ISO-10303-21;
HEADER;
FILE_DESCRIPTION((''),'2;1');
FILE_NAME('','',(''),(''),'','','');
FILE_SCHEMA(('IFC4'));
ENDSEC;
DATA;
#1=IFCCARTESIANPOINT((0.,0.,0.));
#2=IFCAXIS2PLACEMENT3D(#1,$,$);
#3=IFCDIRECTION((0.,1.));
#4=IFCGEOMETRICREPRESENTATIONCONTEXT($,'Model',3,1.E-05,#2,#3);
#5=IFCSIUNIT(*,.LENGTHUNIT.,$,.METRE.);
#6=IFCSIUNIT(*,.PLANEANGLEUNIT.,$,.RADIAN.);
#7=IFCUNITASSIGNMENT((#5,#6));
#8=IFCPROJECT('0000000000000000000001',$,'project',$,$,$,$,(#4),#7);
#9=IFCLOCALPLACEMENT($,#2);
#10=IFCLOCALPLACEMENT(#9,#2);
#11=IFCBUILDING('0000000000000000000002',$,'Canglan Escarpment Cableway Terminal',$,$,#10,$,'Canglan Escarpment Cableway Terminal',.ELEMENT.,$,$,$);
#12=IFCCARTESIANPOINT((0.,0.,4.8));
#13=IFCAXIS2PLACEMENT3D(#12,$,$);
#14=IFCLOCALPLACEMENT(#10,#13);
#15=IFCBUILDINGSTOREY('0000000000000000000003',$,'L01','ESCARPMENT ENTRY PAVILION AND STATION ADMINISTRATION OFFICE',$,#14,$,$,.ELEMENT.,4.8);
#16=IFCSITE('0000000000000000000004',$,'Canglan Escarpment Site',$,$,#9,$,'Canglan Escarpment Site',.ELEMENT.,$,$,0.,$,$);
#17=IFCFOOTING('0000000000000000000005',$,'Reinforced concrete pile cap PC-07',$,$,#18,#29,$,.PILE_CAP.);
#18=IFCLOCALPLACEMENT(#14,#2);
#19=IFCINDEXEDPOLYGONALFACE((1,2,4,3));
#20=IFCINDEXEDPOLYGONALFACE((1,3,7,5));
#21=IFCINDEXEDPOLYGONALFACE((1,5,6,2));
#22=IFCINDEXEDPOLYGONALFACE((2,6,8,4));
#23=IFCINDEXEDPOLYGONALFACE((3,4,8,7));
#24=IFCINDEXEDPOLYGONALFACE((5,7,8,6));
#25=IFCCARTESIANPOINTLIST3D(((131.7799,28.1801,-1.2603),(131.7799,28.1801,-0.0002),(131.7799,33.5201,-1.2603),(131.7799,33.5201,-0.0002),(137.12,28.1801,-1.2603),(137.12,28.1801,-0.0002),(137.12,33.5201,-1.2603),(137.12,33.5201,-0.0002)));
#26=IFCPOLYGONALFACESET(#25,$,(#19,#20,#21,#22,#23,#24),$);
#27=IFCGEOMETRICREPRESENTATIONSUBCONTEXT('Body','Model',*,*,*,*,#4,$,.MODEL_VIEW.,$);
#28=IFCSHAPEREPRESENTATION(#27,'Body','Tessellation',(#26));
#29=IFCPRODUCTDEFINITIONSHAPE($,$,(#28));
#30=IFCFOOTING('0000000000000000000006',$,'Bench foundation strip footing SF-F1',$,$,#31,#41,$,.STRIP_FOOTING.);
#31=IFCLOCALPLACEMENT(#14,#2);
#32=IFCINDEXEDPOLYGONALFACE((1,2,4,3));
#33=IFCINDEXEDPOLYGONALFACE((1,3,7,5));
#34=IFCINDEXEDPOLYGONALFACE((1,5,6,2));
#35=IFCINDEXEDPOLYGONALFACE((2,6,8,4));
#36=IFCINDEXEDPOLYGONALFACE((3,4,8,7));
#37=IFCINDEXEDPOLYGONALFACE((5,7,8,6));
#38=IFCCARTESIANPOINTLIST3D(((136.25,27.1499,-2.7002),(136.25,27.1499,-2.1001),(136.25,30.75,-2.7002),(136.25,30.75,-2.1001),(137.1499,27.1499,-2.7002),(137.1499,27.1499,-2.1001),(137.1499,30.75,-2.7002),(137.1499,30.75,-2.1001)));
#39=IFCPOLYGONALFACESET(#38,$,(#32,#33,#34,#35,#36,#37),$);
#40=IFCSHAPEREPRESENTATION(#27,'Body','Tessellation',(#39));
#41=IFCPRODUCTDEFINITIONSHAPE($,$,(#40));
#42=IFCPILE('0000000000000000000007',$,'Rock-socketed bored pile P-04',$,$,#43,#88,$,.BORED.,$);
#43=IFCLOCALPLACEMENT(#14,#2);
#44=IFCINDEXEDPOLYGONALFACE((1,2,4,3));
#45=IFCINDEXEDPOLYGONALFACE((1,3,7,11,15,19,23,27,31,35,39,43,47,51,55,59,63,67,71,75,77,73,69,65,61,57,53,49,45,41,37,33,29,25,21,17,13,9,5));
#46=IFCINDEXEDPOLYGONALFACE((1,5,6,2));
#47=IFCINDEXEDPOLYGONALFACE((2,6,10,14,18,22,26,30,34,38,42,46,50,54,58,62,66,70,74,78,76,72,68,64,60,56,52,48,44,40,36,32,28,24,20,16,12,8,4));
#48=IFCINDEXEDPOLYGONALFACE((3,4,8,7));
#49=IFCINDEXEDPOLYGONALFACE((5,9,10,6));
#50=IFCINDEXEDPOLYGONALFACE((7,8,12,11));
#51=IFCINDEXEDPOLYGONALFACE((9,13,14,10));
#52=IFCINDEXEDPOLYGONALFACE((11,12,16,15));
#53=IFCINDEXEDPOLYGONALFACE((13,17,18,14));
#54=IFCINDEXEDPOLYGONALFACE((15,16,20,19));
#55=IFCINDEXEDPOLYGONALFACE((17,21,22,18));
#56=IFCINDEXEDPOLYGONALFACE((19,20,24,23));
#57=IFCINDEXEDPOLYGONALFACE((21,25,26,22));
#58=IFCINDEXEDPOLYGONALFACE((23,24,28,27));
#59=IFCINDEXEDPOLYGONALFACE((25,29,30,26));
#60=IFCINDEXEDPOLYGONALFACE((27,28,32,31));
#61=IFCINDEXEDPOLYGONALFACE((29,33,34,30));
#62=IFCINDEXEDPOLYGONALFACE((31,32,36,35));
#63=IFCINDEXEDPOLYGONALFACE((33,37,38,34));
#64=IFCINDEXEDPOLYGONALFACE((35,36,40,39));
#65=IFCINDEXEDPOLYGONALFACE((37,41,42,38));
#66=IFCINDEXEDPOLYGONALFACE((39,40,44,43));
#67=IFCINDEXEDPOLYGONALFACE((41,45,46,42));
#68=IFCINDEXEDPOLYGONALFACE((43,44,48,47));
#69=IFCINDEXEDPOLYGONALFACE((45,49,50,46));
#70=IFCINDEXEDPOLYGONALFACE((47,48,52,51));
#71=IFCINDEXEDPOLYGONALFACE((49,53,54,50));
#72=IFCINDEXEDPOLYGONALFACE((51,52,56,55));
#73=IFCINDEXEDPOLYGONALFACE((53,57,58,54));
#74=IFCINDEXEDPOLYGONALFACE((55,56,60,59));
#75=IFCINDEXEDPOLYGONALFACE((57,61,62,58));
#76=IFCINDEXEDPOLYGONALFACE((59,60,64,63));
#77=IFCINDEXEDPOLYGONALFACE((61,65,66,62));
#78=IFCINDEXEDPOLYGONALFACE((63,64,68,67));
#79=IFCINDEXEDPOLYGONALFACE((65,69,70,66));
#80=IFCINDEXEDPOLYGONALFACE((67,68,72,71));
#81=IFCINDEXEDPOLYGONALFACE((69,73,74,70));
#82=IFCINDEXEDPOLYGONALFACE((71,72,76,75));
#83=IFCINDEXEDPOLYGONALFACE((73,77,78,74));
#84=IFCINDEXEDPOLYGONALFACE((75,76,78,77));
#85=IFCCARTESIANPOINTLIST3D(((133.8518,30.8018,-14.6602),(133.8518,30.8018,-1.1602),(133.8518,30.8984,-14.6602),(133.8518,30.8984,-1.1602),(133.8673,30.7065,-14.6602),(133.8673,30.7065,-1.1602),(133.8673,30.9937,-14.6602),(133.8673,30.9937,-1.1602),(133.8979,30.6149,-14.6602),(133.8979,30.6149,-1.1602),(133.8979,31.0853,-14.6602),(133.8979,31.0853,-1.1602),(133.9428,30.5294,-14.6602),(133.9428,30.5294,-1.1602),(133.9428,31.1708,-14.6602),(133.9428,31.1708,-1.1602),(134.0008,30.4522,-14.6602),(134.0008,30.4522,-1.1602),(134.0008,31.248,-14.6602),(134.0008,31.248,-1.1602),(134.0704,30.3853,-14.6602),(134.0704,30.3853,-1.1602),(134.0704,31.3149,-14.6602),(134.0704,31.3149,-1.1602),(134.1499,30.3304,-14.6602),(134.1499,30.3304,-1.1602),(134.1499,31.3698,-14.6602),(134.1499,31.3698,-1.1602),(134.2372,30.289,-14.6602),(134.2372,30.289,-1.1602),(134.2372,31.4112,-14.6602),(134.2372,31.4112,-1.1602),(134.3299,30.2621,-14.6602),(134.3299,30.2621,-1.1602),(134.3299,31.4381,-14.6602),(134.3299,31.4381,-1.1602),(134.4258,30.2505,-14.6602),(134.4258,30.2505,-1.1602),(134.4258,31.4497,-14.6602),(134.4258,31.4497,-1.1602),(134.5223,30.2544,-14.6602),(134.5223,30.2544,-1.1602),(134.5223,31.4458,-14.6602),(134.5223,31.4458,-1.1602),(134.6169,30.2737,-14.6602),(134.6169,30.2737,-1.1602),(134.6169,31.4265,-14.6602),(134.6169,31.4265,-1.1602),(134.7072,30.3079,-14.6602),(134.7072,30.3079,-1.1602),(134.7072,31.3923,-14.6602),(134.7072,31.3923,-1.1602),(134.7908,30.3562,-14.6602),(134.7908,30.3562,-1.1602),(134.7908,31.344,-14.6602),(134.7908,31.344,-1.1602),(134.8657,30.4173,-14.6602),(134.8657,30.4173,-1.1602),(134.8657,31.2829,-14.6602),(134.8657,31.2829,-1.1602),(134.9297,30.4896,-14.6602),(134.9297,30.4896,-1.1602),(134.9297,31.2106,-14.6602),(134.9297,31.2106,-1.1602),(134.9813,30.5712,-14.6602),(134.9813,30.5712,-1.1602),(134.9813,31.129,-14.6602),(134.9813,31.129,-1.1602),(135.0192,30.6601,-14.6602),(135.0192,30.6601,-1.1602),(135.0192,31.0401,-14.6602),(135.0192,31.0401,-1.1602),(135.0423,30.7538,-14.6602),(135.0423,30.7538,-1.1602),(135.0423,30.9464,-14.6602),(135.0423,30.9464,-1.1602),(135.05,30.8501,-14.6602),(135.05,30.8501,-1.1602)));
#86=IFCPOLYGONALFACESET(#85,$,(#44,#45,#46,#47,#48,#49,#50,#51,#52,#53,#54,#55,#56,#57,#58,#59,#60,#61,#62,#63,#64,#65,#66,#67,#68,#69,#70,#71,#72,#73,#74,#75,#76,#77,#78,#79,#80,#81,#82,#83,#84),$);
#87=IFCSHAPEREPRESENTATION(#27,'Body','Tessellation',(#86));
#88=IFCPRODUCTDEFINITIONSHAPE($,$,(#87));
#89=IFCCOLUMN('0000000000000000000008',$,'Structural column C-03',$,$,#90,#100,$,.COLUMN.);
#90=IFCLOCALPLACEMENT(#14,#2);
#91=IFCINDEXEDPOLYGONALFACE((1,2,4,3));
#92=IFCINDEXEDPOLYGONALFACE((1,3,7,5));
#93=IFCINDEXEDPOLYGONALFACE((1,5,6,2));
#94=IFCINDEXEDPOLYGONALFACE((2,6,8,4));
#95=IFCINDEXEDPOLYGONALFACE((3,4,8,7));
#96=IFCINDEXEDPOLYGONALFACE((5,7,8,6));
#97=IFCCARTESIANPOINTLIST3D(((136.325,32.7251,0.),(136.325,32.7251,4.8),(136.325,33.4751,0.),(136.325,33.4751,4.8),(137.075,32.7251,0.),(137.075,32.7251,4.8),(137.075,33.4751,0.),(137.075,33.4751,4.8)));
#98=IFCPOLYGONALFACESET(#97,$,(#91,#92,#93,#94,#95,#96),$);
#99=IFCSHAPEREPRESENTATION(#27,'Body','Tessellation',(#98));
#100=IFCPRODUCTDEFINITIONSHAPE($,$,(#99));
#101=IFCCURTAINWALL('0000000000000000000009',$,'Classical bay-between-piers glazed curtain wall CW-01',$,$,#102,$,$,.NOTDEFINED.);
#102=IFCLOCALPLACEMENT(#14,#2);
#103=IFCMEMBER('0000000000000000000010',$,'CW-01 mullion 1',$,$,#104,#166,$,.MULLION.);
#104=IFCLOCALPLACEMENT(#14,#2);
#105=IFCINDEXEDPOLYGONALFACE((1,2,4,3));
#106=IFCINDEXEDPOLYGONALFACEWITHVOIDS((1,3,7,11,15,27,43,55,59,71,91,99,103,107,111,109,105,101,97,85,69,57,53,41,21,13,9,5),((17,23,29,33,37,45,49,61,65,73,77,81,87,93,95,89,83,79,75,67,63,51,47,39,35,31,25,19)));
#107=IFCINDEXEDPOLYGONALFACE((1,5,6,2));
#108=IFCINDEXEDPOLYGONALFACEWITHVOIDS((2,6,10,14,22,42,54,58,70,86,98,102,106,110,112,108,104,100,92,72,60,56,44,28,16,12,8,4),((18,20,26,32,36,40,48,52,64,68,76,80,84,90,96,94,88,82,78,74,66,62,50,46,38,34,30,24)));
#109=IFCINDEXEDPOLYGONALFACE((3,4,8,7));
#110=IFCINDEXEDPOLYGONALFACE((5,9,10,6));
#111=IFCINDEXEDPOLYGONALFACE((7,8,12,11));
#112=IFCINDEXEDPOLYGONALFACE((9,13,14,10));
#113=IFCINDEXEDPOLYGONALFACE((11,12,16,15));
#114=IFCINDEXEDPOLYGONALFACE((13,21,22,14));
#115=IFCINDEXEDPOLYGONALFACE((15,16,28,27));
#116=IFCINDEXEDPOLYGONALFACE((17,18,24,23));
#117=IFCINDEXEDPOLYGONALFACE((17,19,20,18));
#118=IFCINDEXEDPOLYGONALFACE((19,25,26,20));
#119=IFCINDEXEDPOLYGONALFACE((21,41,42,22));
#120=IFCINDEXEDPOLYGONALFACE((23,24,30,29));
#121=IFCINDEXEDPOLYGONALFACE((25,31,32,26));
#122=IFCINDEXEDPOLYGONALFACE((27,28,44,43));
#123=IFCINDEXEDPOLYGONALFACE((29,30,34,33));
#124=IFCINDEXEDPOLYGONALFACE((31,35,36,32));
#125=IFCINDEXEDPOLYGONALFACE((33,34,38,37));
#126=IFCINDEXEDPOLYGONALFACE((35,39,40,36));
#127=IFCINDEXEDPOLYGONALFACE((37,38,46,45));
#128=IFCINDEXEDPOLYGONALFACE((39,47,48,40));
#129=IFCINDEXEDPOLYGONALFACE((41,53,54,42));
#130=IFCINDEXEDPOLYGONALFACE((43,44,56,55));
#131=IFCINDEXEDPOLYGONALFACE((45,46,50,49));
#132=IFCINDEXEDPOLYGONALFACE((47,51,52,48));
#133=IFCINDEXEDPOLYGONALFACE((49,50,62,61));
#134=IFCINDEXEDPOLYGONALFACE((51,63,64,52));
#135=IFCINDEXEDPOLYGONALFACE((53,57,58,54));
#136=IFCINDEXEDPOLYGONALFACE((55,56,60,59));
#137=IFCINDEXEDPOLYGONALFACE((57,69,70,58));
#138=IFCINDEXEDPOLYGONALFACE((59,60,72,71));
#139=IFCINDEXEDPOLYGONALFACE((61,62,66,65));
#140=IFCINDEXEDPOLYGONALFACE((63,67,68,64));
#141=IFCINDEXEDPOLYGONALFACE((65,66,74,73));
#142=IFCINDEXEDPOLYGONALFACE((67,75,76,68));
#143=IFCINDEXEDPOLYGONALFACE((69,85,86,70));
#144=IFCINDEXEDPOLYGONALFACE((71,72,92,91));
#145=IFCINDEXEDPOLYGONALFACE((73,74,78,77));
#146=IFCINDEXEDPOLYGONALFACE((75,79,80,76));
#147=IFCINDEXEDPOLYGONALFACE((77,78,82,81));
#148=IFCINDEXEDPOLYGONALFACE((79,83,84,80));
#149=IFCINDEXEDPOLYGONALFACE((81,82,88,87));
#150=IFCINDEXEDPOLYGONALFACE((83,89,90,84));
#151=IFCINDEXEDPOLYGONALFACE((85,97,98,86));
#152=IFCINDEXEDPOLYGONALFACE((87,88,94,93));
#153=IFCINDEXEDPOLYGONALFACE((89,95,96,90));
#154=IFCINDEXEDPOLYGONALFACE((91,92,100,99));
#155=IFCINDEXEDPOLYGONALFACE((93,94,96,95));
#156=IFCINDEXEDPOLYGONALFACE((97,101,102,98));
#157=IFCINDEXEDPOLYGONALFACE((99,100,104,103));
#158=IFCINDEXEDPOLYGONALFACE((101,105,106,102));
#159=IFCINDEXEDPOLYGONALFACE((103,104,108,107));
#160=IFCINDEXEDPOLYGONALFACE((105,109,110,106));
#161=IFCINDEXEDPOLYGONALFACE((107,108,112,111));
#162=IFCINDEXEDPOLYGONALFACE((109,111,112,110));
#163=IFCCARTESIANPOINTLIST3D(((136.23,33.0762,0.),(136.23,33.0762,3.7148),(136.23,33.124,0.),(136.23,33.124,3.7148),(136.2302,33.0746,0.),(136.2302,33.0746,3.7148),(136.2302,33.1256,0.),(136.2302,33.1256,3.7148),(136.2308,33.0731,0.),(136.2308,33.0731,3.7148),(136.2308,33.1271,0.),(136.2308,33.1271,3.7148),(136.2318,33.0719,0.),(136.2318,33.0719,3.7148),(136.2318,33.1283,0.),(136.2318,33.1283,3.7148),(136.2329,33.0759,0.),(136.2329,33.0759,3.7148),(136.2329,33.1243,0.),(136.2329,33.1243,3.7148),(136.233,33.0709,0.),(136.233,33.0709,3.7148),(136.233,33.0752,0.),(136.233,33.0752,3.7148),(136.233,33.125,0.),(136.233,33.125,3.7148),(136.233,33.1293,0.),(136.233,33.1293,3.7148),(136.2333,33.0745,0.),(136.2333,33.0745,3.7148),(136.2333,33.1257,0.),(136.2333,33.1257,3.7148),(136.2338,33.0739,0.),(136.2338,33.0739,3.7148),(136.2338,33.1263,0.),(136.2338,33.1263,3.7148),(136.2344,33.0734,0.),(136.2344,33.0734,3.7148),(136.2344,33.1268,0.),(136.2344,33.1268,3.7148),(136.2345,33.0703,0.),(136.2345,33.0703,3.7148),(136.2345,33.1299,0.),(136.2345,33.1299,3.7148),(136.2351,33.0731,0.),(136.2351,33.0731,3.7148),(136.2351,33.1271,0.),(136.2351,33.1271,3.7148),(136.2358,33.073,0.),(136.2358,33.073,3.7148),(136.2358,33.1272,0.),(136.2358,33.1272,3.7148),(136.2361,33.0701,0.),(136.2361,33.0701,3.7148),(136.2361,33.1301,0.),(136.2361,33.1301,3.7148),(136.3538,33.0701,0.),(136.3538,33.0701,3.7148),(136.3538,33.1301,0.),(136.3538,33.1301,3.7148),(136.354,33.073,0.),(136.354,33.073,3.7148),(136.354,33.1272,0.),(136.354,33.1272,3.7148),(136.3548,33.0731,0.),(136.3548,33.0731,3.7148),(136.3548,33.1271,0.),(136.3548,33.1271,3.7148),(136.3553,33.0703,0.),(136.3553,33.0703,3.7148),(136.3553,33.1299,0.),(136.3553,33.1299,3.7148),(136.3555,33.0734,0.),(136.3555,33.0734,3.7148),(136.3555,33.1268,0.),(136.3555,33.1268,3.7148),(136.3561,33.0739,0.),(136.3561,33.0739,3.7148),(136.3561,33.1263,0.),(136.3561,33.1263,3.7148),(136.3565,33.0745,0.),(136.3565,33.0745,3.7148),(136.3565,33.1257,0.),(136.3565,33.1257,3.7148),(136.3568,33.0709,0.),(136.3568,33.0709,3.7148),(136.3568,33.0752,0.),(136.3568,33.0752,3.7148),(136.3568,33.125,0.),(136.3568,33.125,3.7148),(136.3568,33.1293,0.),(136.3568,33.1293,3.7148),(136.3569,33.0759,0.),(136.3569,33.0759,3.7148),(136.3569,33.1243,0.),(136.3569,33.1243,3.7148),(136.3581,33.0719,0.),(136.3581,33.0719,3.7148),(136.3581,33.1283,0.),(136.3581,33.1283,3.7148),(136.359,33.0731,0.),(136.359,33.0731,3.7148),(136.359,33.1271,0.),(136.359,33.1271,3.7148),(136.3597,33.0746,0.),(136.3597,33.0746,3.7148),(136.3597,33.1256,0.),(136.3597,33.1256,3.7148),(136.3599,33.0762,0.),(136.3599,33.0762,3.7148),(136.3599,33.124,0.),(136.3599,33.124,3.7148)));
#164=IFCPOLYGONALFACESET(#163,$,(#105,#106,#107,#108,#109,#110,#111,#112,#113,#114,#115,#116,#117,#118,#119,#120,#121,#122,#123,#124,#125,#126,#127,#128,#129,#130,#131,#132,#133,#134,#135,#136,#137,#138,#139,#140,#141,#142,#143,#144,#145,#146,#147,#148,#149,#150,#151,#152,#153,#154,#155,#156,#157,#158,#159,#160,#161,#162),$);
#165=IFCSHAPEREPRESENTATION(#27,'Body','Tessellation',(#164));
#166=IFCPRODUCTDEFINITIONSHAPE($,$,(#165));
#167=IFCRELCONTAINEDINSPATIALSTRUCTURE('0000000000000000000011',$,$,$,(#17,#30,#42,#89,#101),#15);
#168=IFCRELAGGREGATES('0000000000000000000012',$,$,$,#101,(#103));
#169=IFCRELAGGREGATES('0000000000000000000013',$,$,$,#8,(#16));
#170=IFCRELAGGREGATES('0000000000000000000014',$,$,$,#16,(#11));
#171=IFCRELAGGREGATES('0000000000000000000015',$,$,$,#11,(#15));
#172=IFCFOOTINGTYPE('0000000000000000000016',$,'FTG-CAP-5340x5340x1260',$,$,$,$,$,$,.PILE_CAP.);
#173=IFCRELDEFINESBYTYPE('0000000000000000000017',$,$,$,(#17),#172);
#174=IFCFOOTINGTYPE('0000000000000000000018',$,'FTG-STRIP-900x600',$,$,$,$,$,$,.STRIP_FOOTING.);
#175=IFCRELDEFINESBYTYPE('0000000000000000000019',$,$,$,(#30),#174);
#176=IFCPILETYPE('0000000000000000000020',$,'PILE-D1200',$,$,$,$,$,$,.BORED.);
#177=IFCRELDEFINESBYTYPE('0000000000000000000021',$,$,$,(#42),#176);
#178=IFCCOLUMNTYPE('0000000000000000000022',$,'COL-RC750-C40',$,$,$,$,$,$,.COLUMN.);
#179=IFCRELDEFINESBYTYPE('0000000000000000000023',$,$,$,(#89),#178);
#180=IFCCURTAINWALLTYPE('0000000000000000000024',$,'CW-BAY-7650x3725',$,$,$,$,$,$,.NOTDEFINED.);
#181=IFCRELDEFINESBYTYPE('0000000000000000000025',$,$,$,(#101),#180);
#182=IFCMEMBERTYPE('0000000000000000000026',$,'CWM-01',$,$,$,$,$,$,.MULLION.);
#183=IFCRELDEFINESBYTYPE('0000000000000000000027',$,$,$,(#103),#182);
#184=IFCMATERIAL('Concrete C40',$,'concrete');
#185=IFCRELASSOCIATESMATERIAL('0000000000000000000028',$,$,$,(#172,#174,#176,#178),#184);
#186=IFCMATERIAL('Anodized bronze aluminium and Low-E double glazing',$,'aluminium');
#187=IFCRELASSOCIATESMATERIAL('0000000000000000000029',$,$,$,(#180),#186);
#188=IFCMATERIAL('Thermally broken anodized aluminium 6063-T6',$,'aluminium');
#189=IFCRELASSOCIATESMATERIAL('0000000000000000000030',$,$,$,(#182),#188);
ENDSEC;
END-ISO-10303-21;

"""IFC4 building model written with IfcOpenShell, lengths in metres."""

from ifc_helpers import new_model, si_unit, direction, frame, origin, origin_2d, place, context, subcontext, project, spatial, rectangle, hollow_rectangle, circle, extrude, material, material_profile, profile_set, type_object, element, aggregate, save


model = new_model("IFC4")

# Units and contexts
model_context = context("Model", 3, precision=1e-05, world=origin(), true_north=direction((0.0, 1.0)))
body_context = subcontext(model_context, "Body", "Model", "MODEL_VIEW")
ifc_project = project(units=[si_unit("LENGTHUNIT", "METRE"), si_unit("PLANEANGLEUNIT", "RADIAN")], contexts=[model_context])

# Site, building, storey
site_placement = place(None, origin())
site = spatial("IfcSite", under=ifc_project, at=site_placement, Name="Canglan Escarpment Site", LongName="Canglan Escarpment Site", CompositionType="ELEMENT", RefElevation=0.0)
building_placement = place(site_placement, origin())
building = spatial("IfcBuilding", under=site, at=building_placement, Name="Canglan Escarpment Cableway Terminal", LongName="Canglan Escarpment Cableway Terminal", CompositionType="ELEMENT")
storey_placement = place(building_placement, frame((0.0, 0.0, 4.8)))
storey = spatial("IfcBuildingStorey", under=building, at=storey_placement, Name="L01", Description="ESCARPMENT ENTRY PAVILION AND STATION ADMINISTRATION OFFICE", CompositionType="ELEMENT", Elevation=4.8)

# Footings
ifc_material_1 = material(Name="Concrete C40", Category="concrete")
footing_type_1 = type_object("IfcFootingType", Name="FTG-CAP-5340x5340x1260", PredefinedType="PILE_CAP", material=ifc_material_1)
footing_1_placement = place(storey_placement, frame((134.45, 30.8501, -1.2603), z_axis=(0.0, 0.0, 1.0), x_axis=(1.0, 0.0, 0.0)))
element("IfcFooting", 1, at=footing_1_placement, inside=storey, type_object=footing_type_1, Name="Reinforced concrete pile cap PC-07", PredefinedType="PILE_CAP", context=body_context, shape_type="SweptSolid", body=[
    extrude(rectangle(XDim=5.3401, YDim=5.3401, at=origin_2d()), origin(), (0.0, 0.0, 1.0), 1.26),
])
ifc_material_profile_1 = material_profile(ifc_material_1, rectangle(XDim=0.8999, YDim=0.6001, at=origin_2d()), Name="SF 900x600")
ifc_profile_set_1 = profile_set([ifc_material_profile_1], Name="Concrete C40")
footing_type_2 = type_object("IfcFootingType", Name="FTG-STRIP-900x600", PredefinedType="STRIP_FOOTING", material=ifc_profile_set_1)
footing_2_placement = place(storey_placement, frame((136.7, 27.1499, -2.4001), z_axis=(0.0, 1.0, 0.0), x_axis=(-1.0, 0.0, 0.0)))
element("IfcFooting", 2, at=footing_2_placement, inside=storey, type_object=footing_type_2, Name="Bench foundation strip footing SF-F1", PredefinedType="STRIP_FOOTING", context=body_context, shape_type="SweptSolid", body=[
    extrude(rectangle(XDim=0.8999, YDim=0.6001, at=origin_2d()), origin(), (0.0, 0.0, 1.0), 3.6001),
])

# Pile
ifc_material_profile_2 = material_profile(ifc_material_1, circle(Radius=0.6001, at=origin_2d()), Name="BORED PILE D1200")
ifc_profile_set_2 = profile_set([ifc_material_profile_2], Name="Concrete C40")
pile_type = type_object("IfcPileType", Name="PILE-D1200", PredefinedType="BORED", material=ifc_profile_set_2)
pile_placement = place(storey_placement, frame((134.45, 30.8501, -1.1602), z_axis=(0.0, 0.0, -1.0), x_axis=(1.0, 0.0, 0.0)))
element("IfcPile", 3, at=pile_placement, inside=storey, type_object=pile_type, Name="Rock-socketed bored pile P-04", PredefinedType="BORED", context=body_context, shape_type="SweptSolid", body=[
    extrude(circle(Radius=0.6001, at=origin_2d()), origin(), (0.0, 0.0, 1.0), 13.5),
])

# Column
ifc_material_profile_3 = material_profile(ifc_material_1, rectangle(XDim=0.75, YDim=0.75, at=origin_2d()), Name="RC 750x750")
ifc_profile_set_3 = profile_set([ifc_material_profile_3], Name="Concrete C40")
column_type = type_object("IfcColumnType", Name="COL-RC750-C40", PredefinedType="COLUMN", material=ifc_profile_set_3)
column_placement = place(storey_placement, frame((136.7, 33.1001, 0.0), z_axis=(0.0, 0.0, 1.0), x_axis=(1.0, 0.0, 0.0)))
element("IfcColumn", 4, at=column_placement, inside=storey, type_object=column_type, Name="Structural column C-03", PredefinedType="COLUMN", context=body_context, shape_type="SweptSolid", body=[
    extrude(rectangle(XDim=0.75, YDim=0.75, at=origin_2d()), origin(), (0.0, 0.0, 1.0), 4.8),
])

# Curtain wall, member
ifc_material_2 = material(Name="Anodized bronze aluminium and Low-E double glazing", Category="aluminium")
curtain_wall_type = type_object("IfcCurtainWallType", Name="CW-BAY-7650x3725", PredefinedType="NOTDEFINED", material=ifc_material_2)
curtain_wall_placement = place(storey_placement, origin())
curtain_wall = element("IfcCurtainWall", 5, at=curtain_wall_placement, inside=storey, type_object=curtain_wall_type, Name="Classical bay-between-piers glazed curtain wall CW-01", PredefinedType="NOTDEFINED")
ifc_material_3 = material(Name="Thermally broken anodized aluminium 6063-T6", Category="aluminium")
ifc_material_profile_4 = material_profile(ifc_material_3, hollow_rectangle(XDim=0.0601, YDim=0.1299, WallThickness=0.0029, InnerFilletRadius=0.0029, OuterFilletRadius=0.0061, at=origin_2d()), Name="ALU-MULL 60x130x3")
ifc_profile_set_4 = profile_set([ifc_material_profile_4], Name="Thermally broken anodized aluminium 6063-T6")
member_type_1 = type_object("IfcMemberType", Name="CWM-01", PredefinedType="MULLION", material=ifc_profile_set_4)
member_1_placement = place(storey_placement, frame((136.2949, 33.1001, 0.0), z_axis=(0.0, 0.0, 1.0), x_axis=(0.0, -1.0, 0.0)))
member_1 = element("IfcMember", 6, at=member_1_placement, type_object=member_type_1, Name="CW-01 mullion 1", PredefinedType="MULLION", context=body_context, shape_type="SweptSolid", body=[
    extrude(hollow_rectangle(XDim=0.0601, YDim=0.1299, WallThickness=0.0029, InnerFilletRadius=0.0029, OuterFilletRadius=0.0061, at=origin_2d()), origin(), (0.0, 0.0, 1.0), 3.7148),
])
aggregate(curtain_wall, [member_1])

save(model, "model.ifc")
